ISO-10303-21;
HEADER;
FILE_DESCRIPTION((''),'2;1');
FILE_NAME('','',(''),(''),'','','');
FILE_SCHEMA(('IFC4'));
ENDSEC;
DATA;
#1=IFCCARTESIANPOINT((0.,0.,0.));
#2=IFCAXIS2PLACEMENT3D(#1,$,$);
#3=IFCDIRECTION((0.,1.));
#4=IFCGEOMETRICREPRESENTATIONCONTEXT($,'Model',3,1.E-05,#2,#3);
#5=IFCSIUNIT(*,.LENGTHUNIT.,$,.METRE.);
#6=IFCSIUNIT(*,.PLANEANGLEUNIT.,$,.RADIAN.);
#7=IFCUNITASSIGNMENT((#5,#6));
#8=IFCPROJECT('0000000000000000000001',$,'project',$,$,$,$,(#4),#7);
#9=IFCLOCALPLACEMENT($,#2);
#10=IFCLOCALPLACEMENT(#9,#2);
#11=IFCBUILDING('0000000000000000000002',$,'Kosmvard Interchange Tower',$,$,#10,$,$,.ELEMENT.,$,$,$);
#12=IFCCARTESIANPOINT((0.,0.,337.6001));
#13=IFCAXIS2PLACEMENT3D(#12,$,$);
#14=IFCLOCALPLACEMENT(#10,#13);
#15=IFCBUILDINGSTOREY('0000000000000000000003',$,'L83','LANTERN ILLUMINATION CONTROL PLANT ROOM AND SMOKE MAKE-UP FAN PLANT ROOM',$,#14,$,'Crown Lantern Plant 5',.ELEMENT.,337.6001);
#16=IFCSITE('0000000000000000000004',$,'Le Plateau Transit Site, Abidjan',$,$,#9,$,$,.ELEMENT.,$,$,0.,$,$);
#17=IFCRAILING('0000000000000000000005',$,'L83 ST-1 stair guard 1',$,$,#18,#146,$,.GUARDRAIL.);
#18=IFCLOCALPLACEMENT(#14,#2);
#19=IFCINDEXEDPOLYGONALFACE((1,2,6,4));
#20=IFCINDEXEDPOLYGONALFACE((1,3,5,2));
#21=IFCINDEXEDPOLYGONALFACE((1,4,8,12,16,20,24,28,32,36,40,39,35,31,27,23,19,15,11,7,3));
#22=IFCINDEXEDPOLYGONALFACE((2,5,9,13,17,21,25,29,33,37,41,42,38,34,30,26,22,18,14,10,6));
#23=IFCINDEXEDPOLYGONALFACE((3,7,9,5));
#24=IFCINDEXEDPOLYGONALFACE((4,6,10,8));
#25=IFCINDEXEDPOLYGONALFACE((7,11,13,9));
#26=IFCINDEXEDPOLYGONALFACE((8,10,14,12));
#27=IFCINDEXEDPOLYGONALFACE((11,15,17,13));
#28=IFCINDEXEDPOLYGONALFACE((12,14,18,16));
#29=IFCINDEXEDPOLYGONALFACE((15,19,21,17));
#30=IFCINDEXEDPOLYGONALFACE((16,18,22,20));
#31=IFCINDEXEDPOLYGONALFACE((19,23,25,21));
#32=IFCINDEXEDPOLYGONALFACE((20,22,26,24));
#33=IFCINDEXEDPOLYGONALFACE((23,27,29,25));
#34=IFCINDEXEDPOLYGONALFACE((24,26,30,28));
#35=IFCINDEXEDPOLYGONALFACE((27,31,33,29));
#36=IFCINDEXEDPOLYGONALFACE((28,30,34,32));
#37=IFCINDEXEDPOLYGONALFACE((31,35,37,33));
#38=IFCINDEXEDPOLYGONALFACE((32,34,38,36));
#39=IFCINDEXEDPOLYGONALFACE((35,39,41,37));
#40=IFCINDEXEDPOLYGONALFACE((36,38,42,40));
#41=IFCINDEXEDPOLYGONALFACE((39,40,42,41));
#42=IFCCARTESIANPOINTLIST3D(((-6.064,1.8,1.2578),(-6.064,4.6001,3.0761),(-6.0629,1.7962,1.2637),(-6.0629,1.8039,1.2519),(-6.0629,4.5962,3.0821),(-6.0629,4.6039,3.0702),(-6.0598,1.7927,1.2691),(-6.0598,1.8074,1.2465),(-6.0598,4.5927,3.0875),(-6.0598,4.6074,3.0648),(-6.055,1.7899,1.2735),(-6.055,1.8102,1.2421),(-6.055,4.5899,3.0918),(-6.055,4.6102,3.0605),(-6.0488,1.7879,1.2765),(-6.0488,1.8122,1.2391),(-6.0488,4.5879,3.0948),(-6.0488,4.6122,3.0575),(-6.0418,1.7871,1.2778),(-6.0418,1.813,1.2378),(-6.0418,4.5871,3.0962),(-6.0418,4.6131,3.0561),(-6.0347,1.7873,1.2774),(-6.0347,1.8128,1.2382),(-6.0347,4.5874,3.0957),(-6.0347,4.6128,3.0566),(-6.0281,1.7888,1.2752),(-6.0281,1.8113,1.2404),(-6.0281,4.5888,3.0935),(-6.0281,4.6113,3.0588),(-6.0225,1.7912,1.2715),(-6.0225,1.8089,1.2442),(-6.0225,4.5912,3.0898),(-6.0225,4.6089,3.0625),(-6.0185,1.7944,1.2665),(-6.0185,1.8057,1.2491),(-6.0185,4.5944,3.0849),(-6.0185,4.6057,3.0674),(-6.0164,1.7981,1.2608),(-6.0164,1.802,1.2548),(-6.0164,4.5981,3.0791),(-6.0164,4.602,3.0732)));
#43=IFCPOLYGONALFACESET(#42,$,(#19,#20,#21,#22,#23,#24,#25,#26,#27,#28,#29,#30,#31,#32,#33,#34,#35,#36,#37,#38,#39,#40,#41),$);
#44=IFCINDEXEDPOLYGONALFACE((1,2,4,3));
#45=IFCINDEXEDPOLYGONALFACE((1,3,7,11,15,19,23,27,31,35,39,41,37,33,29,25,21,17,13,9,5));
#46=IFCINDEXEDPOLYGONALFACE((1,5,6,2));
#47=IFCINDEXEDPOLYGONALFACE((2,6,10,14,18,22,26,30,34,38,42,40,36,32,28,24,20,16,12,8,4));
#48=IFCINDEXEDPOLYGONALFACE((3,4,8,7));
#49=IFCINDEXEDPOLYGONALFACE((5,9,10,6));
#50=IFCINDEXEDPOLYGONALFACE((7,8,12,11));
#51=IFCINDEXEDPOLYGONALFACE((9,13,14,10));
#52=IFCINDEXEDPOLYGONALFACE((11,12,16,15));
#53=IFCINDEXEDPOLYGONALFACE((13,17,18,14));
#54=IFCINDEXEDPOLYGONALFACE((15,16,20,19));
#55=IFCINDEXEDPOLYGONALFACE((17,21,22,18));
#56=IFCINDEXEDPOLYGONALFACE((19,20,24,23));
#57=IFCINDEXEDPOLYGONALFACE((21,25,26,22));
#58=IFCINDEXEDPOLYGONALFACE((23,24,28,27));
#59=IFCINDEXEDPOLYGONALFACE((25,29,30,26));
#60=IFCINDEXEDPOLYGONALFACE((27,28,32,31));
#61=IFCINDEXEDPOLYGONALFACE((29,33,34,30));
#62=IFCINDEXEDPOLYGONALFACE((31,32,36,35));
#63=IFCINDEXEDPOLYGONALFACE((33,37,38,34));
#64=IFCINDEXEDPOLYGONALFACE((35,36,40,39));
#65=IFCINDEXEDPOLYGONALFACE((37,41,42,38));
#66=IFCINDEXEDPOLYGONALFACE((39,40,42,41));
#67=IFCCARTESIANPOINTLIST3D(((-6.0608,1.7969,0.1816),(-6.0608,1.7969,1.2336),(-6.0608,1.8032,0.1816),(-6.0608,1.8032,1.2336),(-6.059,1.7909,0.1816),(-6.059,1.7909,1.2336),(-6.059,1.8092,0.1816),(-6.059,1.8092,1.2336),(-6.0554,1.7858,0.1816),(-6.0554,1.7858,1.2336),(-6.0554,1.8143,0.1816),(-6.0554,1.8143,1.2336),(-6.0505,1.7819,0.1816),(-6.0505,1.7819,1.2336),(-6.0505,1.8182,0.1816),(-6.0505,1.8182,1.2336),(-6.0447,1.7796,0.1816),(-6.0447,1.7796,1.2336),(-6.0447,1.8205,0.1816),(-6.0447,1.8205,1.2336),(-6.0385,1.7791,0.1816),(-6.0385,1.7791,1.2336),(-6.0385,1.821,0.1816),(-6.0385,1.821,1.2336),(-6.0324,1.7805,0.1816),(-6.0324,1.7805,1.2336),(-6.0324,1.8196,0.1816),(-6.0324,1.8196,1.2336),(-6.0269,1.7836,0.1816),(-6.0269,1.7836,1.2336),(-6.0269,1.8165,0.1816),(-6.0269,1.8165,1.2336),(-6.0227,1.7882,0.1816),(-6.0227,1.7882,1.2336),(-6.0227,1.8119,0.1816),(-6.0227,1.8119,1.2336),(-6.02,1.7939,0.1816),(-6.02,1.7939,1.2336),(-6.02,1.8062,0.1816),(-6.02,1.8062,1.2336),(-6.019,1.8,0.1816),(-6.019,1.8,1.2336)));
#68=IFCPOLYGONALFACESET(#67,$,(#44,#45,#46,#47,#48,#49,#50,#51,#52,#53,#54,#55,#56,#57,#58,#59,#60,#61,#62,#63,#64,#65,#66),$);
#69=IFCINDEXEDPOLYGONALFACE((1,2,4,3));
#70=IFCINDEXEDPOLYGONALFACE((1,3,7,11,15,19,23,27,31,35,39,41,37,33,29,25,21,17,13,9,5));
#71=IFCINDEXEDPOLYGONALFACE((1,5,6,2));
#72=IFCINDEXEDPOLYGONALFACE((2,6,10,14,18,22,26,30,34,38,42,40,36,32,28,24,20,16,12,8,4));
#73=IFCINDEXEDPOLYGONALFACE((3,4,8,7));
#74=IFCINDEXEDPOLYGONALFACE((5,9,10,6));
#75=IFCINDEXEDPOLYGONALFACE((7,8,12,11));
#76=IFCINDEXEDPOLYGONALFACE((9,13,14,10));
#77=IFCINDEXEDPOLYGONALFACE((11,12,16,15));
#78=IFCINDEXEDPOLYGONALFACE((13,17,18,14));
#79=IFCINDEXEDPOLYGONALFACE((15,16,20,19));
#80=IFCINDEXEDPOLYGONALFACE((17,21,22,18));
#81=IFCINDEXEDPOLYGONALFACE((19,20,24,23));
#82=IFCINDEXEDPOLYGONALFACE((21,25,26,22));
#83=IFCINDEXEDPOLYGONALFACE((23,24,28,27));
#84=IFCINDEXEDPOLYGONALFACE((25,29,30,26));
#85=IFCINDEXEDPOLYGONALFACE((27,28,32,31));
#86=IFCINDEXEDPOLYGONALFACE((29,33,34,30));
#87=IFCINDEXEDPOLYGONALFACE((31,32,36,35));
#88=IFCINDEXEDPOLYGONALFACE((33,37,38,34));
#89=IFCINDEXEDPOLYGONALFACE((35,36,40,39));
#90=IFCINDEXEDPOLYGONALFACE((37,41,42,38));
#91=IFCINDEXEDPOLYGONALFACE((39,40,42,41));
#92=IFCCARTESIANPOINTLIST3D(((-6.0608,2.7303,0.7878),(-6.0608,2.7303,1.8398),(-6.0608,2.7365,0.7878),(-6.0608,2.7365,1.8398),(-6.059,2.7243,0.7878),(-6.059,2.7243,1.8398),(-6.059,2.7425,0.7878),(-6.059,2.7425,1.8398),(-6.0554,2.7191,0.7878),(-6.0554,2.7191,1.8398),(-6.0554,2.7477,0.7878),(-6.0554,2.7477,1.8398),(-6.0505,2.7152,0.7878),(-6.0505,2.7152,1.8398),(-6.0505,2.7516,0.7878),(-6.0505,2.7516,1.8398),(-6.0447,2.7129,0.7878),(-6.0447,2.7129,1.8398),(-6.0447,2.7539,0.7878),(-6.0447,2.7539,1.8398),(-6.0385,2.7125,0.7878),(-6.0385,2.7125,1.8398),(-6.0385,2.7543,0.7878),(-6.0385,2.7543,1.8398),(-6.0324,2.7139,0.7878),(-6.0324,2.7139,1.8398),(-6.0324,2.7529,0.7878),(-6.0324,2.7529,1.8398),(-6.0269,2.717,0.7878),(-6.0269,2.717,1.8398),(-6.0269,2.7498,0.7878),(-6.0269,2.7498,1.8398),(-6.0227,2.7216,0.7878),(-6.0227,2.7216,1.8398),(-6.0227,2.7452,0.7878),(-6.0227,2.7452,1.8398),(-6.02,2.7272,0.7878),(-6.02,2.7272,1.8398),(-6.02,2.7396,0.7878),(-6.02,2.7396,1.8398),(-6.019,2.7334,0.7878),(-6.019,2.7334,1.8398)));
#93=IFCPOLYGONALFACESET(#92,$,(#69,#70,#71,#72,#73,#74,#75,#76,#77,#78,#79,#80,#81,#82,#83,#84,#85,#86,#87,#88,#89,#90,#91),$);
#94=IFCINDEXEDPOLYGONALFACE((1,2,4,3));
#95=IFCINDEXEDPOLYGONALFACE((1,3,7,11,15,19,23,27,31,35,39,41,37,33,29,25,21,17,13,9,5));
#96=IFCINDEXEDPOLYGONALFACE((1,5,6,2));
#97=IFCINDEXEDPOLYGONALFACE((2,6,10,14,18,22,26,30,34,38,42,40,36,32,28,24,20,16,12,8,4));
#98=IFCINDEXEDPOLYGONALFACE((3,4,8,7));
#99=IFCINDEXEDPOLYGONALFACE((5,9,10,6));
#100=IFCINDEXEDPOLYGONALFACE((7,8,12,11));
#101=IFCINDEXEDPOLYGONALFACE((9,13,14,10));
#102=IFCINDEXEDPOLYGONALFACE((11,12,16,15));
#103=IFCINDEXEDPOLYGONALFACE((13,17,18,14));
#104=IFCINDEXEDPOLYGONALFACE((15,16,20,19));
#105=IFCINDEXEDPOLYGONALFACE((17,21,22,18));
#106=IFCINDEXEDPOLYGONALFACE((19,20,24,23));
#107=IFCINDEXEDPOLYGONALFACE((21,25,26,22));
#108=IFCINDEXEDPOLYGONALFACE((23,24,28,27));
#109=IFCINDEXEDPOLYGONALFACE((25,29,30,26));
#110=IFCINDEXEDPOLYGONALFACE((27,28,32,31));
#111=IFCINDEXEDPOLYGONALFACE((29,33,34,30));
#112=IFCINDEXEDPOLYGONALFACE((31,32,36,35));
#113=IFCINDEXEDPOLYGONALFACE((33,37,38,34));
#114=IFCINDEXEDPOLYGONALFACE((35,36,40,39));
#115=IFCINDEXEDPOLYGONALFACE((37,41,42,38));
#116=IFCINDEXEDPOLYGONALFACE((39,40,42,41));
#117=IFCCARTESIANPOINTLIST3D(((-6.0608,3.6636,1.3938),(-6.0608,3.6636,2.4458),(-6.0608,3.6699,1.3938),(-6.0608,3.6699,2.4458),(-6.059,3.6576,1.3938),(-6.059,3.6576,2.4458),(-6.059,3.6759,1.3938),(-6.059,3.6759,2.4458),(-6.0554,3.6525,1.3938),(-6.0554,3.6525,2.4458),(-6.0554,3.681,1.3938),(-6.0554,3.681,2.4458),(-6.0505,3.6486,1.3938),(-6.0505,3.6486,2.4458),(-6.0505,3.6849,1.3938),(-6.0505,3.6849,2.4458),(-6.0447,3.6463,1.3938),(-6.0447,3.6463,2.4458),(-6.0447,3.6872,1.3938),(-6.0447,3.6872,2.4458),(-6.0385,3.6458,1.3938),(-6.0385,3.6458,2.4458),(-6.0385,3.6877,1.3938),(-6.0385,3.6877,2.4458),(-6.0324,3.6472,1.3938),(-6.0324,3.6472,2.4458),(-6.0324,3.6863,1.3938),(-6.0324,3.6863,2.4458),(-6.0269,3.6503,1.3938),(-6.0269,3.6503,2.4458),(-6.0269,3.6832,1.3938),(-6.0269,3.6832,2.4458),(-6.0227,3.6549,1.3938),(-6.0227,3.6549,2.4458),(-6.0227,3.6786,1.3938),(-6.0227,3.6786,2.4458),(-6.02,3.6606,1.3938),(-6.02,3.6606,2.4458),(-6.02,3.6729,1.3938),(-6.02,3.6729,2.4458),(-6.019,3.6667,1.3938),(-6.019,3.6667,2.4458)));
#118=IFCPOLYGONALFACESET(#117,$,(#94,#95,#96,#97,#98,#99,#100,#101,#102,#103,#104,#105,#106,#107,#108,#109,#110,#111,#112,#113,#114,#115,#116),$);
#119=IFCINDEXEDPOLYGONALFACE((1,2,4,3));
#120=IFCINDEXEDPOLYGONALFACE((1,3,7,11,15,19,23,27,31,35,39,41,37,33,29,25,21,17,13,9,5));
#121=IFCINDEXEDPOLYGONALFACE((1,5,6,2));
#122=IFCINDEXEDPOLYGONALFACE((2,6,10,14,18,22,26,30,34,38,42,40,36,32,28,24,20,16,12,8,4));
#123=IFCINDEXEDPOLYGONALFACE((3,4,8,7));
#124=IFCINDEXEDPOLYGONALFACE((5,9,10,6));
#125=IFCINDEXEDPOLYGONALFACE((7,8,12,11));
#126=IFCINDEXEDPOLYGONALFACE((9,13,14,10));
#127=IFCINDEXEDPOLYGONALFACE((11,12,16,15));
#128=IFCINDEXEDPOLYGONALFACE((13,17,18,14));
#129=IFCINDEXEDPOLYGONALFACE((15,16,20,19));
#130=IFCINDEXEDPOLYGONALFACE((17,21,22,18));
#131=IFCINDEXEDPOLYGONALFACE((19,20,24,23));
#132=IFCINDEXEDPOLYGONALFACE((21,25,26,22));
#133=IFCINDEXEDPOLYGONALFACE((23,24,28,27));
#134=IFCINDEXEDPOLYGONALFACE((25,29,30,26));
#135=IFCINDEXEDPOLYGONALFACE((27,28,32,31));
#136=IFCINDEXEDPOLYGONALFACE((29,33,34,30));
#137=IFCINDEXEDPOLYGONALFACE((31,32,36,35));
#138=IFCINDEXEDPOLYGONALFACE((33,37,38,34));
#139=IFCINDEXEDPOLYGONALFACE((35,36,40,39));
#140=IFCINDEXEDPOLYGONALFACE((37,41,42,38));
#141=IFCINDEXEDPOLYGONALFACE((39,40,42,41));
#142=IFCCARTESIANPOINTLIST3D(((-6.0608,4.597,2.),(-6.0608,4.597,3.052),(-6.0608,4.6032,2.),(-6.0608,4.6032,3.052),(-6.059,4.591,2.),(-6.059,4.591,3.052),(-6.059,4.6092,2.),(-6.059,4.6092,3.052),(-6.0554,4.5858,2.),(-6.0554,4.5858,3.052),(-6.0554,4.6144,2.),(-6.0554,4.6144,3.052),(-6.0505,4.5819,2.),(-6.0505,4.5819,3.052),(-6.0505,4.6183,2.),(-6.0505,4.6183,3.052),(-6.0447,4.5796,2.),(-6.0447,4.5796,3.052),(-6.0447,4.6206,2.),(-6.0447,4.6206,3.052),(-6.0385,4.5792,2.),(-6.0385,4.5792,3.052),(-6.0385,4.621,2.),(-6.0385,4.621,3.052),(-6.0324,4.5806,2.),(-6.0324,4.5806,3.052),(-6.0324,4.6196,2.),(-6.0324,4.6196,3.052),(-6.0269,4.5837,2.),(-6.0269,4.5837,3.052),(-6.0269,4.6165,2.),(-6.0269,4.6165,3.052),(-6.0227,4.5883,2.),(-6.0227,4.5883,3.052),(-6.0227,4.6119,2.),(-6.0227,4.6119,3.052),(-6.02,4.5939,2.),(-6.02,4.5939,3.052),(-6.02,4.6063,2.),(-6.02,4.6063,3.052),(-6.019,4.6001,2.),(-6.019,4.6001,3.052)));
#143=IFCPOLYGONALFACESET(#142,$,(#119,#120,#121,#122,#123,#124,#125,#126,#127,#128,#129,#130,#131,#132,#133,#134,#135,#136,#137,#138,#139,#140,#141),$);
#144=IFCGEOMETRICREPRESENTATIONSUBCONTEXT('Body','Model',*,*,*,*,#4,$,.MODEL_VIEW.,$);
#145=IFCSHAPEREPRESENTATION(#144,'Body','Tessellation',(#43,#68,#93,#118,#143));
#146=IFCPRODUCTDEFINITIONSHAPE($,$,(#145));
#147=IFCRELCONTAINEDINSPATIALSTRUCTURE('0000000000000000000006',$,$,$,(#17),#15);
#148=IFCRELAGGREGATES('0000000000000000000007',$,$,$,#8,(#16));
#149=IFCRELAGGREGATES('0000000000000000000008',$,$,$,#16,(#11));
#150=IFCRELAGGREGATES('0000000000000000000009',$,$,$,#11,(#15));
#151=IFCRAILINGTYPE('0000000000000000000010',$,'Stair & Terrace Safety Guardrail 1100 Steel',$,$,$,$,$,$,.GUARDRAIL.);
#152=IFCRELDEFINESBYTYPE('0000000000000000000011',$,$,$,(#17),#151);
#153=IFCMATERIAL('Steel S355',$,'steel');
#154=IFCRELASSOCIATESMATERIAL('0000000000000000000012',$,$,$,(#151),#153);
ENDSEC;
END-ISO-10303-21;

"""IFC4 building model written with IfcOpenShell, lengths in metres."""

from ifc_helpers import new_model, si_unit, direction, frame, origin, origin_2d, place, context, subcontext, project, spatial, circle, extrude, source, transform, mapped, material, type_object, element, save


model = new_model("IFC4")

# Units and contexts
model_context = context("Model", 3, precision=1e-05, world=origin(), true_north=direction((0.0, 1.0)))
body_context = subcontext(model_context, "Body", "Model", "MODEL_VIEW")
ifc_project = project(units=[si_unit("LENGTHUNIT", "METRE"), si_unit("PLANEANGLEUNIT", "RADIAN")], contexts=[model_context])

# Site, building, storey
site_placement = place(None, origin())
site = spatial("IfcSite", under=ifc_project, at=site_placement, Name="Le Plateau Transit Site, Abidjan", CompositionType="ELEMENT", RefElevation=0.0)
building_placement = place(site_placement, origin())
building = spatial("IfcBuilding", under=site, at=building_placement, Name="Kosmvard Interchange Tower", CompositionType="ELEMENT")
storey_placement = place(building_placement, frame((0.0, 0.0, 337.6001)))
storey = spatial("IfcBuildingStorey", under=building, at=storey_placement, Name="L83", Description="LANTERN ILLUMINATION CONTROL PLANT ROOM AND SMOKE MAKE-UP FAN PLANT ROOM", LongName="Crown Lantern Plant 5", CompositionType="ELEMENT", Elevation=337.6001)

# Shared definitions
ifc_material_1 = material(Name="Steel S355", Category="steel")

# Railing
railing_type_1 = type_object("IfcRailingType", Name="Stair & Terrace Safety Guardrail 1100 Steel", PredefinedType="GUARDRAIL", material=ifc_material_1)
shared_shape_1 = source(origin(), body_context, "Body", "SweptSolid", [
    extrude(circle(Radius=0.0239, at=origin_2d()), frame((0.0, 0.0, 1.0762), z_axis=(0.0, 0.838672, 0.544636), x_axis=(-1.0, 0.0, 0.0)), (0.0, 0.0, 1.0), 3.3386),
    extrude(circle(Radius=0.021, at=origin_2d()), origin(), (0.0, 0.0, 1.0), 1.052),
    extrude(circle(Radius=0.021, at=origin_2d()), frame((0.0, 0.9333, 0.6062)), (0.0, 0.0, 1.0), 1.052),
    extrude(circle(Radius=0.021, at=origin_2d()), frame((0.0, 1.8667, 1.2122)), (0.0, 0.0, 1.0), 1.052),
    extrude(circle(Radius=0.021, at=origin_2d()), frame((0.0, 2.8, 1.8184)), (0.0, 0.0, 1.0), 1.052),
])
railing_1_placement = place(storey_placement, frame((-6.04, 1.8, 0.1816)))
element("IfcRailing", 1, at=railing_1_placement, inside=storey, type_object=railing_type_1, Name="L83 ST-1 stair guard 1", PredefinedType="GUARDRAIL", context=body_context, shape_type="MappedRepresentation", body=[
    mapped(shared_shape_1, transform((0.0, 0.0, 0.0), scale=1.0)),
])

save(model, "model.ifc")
